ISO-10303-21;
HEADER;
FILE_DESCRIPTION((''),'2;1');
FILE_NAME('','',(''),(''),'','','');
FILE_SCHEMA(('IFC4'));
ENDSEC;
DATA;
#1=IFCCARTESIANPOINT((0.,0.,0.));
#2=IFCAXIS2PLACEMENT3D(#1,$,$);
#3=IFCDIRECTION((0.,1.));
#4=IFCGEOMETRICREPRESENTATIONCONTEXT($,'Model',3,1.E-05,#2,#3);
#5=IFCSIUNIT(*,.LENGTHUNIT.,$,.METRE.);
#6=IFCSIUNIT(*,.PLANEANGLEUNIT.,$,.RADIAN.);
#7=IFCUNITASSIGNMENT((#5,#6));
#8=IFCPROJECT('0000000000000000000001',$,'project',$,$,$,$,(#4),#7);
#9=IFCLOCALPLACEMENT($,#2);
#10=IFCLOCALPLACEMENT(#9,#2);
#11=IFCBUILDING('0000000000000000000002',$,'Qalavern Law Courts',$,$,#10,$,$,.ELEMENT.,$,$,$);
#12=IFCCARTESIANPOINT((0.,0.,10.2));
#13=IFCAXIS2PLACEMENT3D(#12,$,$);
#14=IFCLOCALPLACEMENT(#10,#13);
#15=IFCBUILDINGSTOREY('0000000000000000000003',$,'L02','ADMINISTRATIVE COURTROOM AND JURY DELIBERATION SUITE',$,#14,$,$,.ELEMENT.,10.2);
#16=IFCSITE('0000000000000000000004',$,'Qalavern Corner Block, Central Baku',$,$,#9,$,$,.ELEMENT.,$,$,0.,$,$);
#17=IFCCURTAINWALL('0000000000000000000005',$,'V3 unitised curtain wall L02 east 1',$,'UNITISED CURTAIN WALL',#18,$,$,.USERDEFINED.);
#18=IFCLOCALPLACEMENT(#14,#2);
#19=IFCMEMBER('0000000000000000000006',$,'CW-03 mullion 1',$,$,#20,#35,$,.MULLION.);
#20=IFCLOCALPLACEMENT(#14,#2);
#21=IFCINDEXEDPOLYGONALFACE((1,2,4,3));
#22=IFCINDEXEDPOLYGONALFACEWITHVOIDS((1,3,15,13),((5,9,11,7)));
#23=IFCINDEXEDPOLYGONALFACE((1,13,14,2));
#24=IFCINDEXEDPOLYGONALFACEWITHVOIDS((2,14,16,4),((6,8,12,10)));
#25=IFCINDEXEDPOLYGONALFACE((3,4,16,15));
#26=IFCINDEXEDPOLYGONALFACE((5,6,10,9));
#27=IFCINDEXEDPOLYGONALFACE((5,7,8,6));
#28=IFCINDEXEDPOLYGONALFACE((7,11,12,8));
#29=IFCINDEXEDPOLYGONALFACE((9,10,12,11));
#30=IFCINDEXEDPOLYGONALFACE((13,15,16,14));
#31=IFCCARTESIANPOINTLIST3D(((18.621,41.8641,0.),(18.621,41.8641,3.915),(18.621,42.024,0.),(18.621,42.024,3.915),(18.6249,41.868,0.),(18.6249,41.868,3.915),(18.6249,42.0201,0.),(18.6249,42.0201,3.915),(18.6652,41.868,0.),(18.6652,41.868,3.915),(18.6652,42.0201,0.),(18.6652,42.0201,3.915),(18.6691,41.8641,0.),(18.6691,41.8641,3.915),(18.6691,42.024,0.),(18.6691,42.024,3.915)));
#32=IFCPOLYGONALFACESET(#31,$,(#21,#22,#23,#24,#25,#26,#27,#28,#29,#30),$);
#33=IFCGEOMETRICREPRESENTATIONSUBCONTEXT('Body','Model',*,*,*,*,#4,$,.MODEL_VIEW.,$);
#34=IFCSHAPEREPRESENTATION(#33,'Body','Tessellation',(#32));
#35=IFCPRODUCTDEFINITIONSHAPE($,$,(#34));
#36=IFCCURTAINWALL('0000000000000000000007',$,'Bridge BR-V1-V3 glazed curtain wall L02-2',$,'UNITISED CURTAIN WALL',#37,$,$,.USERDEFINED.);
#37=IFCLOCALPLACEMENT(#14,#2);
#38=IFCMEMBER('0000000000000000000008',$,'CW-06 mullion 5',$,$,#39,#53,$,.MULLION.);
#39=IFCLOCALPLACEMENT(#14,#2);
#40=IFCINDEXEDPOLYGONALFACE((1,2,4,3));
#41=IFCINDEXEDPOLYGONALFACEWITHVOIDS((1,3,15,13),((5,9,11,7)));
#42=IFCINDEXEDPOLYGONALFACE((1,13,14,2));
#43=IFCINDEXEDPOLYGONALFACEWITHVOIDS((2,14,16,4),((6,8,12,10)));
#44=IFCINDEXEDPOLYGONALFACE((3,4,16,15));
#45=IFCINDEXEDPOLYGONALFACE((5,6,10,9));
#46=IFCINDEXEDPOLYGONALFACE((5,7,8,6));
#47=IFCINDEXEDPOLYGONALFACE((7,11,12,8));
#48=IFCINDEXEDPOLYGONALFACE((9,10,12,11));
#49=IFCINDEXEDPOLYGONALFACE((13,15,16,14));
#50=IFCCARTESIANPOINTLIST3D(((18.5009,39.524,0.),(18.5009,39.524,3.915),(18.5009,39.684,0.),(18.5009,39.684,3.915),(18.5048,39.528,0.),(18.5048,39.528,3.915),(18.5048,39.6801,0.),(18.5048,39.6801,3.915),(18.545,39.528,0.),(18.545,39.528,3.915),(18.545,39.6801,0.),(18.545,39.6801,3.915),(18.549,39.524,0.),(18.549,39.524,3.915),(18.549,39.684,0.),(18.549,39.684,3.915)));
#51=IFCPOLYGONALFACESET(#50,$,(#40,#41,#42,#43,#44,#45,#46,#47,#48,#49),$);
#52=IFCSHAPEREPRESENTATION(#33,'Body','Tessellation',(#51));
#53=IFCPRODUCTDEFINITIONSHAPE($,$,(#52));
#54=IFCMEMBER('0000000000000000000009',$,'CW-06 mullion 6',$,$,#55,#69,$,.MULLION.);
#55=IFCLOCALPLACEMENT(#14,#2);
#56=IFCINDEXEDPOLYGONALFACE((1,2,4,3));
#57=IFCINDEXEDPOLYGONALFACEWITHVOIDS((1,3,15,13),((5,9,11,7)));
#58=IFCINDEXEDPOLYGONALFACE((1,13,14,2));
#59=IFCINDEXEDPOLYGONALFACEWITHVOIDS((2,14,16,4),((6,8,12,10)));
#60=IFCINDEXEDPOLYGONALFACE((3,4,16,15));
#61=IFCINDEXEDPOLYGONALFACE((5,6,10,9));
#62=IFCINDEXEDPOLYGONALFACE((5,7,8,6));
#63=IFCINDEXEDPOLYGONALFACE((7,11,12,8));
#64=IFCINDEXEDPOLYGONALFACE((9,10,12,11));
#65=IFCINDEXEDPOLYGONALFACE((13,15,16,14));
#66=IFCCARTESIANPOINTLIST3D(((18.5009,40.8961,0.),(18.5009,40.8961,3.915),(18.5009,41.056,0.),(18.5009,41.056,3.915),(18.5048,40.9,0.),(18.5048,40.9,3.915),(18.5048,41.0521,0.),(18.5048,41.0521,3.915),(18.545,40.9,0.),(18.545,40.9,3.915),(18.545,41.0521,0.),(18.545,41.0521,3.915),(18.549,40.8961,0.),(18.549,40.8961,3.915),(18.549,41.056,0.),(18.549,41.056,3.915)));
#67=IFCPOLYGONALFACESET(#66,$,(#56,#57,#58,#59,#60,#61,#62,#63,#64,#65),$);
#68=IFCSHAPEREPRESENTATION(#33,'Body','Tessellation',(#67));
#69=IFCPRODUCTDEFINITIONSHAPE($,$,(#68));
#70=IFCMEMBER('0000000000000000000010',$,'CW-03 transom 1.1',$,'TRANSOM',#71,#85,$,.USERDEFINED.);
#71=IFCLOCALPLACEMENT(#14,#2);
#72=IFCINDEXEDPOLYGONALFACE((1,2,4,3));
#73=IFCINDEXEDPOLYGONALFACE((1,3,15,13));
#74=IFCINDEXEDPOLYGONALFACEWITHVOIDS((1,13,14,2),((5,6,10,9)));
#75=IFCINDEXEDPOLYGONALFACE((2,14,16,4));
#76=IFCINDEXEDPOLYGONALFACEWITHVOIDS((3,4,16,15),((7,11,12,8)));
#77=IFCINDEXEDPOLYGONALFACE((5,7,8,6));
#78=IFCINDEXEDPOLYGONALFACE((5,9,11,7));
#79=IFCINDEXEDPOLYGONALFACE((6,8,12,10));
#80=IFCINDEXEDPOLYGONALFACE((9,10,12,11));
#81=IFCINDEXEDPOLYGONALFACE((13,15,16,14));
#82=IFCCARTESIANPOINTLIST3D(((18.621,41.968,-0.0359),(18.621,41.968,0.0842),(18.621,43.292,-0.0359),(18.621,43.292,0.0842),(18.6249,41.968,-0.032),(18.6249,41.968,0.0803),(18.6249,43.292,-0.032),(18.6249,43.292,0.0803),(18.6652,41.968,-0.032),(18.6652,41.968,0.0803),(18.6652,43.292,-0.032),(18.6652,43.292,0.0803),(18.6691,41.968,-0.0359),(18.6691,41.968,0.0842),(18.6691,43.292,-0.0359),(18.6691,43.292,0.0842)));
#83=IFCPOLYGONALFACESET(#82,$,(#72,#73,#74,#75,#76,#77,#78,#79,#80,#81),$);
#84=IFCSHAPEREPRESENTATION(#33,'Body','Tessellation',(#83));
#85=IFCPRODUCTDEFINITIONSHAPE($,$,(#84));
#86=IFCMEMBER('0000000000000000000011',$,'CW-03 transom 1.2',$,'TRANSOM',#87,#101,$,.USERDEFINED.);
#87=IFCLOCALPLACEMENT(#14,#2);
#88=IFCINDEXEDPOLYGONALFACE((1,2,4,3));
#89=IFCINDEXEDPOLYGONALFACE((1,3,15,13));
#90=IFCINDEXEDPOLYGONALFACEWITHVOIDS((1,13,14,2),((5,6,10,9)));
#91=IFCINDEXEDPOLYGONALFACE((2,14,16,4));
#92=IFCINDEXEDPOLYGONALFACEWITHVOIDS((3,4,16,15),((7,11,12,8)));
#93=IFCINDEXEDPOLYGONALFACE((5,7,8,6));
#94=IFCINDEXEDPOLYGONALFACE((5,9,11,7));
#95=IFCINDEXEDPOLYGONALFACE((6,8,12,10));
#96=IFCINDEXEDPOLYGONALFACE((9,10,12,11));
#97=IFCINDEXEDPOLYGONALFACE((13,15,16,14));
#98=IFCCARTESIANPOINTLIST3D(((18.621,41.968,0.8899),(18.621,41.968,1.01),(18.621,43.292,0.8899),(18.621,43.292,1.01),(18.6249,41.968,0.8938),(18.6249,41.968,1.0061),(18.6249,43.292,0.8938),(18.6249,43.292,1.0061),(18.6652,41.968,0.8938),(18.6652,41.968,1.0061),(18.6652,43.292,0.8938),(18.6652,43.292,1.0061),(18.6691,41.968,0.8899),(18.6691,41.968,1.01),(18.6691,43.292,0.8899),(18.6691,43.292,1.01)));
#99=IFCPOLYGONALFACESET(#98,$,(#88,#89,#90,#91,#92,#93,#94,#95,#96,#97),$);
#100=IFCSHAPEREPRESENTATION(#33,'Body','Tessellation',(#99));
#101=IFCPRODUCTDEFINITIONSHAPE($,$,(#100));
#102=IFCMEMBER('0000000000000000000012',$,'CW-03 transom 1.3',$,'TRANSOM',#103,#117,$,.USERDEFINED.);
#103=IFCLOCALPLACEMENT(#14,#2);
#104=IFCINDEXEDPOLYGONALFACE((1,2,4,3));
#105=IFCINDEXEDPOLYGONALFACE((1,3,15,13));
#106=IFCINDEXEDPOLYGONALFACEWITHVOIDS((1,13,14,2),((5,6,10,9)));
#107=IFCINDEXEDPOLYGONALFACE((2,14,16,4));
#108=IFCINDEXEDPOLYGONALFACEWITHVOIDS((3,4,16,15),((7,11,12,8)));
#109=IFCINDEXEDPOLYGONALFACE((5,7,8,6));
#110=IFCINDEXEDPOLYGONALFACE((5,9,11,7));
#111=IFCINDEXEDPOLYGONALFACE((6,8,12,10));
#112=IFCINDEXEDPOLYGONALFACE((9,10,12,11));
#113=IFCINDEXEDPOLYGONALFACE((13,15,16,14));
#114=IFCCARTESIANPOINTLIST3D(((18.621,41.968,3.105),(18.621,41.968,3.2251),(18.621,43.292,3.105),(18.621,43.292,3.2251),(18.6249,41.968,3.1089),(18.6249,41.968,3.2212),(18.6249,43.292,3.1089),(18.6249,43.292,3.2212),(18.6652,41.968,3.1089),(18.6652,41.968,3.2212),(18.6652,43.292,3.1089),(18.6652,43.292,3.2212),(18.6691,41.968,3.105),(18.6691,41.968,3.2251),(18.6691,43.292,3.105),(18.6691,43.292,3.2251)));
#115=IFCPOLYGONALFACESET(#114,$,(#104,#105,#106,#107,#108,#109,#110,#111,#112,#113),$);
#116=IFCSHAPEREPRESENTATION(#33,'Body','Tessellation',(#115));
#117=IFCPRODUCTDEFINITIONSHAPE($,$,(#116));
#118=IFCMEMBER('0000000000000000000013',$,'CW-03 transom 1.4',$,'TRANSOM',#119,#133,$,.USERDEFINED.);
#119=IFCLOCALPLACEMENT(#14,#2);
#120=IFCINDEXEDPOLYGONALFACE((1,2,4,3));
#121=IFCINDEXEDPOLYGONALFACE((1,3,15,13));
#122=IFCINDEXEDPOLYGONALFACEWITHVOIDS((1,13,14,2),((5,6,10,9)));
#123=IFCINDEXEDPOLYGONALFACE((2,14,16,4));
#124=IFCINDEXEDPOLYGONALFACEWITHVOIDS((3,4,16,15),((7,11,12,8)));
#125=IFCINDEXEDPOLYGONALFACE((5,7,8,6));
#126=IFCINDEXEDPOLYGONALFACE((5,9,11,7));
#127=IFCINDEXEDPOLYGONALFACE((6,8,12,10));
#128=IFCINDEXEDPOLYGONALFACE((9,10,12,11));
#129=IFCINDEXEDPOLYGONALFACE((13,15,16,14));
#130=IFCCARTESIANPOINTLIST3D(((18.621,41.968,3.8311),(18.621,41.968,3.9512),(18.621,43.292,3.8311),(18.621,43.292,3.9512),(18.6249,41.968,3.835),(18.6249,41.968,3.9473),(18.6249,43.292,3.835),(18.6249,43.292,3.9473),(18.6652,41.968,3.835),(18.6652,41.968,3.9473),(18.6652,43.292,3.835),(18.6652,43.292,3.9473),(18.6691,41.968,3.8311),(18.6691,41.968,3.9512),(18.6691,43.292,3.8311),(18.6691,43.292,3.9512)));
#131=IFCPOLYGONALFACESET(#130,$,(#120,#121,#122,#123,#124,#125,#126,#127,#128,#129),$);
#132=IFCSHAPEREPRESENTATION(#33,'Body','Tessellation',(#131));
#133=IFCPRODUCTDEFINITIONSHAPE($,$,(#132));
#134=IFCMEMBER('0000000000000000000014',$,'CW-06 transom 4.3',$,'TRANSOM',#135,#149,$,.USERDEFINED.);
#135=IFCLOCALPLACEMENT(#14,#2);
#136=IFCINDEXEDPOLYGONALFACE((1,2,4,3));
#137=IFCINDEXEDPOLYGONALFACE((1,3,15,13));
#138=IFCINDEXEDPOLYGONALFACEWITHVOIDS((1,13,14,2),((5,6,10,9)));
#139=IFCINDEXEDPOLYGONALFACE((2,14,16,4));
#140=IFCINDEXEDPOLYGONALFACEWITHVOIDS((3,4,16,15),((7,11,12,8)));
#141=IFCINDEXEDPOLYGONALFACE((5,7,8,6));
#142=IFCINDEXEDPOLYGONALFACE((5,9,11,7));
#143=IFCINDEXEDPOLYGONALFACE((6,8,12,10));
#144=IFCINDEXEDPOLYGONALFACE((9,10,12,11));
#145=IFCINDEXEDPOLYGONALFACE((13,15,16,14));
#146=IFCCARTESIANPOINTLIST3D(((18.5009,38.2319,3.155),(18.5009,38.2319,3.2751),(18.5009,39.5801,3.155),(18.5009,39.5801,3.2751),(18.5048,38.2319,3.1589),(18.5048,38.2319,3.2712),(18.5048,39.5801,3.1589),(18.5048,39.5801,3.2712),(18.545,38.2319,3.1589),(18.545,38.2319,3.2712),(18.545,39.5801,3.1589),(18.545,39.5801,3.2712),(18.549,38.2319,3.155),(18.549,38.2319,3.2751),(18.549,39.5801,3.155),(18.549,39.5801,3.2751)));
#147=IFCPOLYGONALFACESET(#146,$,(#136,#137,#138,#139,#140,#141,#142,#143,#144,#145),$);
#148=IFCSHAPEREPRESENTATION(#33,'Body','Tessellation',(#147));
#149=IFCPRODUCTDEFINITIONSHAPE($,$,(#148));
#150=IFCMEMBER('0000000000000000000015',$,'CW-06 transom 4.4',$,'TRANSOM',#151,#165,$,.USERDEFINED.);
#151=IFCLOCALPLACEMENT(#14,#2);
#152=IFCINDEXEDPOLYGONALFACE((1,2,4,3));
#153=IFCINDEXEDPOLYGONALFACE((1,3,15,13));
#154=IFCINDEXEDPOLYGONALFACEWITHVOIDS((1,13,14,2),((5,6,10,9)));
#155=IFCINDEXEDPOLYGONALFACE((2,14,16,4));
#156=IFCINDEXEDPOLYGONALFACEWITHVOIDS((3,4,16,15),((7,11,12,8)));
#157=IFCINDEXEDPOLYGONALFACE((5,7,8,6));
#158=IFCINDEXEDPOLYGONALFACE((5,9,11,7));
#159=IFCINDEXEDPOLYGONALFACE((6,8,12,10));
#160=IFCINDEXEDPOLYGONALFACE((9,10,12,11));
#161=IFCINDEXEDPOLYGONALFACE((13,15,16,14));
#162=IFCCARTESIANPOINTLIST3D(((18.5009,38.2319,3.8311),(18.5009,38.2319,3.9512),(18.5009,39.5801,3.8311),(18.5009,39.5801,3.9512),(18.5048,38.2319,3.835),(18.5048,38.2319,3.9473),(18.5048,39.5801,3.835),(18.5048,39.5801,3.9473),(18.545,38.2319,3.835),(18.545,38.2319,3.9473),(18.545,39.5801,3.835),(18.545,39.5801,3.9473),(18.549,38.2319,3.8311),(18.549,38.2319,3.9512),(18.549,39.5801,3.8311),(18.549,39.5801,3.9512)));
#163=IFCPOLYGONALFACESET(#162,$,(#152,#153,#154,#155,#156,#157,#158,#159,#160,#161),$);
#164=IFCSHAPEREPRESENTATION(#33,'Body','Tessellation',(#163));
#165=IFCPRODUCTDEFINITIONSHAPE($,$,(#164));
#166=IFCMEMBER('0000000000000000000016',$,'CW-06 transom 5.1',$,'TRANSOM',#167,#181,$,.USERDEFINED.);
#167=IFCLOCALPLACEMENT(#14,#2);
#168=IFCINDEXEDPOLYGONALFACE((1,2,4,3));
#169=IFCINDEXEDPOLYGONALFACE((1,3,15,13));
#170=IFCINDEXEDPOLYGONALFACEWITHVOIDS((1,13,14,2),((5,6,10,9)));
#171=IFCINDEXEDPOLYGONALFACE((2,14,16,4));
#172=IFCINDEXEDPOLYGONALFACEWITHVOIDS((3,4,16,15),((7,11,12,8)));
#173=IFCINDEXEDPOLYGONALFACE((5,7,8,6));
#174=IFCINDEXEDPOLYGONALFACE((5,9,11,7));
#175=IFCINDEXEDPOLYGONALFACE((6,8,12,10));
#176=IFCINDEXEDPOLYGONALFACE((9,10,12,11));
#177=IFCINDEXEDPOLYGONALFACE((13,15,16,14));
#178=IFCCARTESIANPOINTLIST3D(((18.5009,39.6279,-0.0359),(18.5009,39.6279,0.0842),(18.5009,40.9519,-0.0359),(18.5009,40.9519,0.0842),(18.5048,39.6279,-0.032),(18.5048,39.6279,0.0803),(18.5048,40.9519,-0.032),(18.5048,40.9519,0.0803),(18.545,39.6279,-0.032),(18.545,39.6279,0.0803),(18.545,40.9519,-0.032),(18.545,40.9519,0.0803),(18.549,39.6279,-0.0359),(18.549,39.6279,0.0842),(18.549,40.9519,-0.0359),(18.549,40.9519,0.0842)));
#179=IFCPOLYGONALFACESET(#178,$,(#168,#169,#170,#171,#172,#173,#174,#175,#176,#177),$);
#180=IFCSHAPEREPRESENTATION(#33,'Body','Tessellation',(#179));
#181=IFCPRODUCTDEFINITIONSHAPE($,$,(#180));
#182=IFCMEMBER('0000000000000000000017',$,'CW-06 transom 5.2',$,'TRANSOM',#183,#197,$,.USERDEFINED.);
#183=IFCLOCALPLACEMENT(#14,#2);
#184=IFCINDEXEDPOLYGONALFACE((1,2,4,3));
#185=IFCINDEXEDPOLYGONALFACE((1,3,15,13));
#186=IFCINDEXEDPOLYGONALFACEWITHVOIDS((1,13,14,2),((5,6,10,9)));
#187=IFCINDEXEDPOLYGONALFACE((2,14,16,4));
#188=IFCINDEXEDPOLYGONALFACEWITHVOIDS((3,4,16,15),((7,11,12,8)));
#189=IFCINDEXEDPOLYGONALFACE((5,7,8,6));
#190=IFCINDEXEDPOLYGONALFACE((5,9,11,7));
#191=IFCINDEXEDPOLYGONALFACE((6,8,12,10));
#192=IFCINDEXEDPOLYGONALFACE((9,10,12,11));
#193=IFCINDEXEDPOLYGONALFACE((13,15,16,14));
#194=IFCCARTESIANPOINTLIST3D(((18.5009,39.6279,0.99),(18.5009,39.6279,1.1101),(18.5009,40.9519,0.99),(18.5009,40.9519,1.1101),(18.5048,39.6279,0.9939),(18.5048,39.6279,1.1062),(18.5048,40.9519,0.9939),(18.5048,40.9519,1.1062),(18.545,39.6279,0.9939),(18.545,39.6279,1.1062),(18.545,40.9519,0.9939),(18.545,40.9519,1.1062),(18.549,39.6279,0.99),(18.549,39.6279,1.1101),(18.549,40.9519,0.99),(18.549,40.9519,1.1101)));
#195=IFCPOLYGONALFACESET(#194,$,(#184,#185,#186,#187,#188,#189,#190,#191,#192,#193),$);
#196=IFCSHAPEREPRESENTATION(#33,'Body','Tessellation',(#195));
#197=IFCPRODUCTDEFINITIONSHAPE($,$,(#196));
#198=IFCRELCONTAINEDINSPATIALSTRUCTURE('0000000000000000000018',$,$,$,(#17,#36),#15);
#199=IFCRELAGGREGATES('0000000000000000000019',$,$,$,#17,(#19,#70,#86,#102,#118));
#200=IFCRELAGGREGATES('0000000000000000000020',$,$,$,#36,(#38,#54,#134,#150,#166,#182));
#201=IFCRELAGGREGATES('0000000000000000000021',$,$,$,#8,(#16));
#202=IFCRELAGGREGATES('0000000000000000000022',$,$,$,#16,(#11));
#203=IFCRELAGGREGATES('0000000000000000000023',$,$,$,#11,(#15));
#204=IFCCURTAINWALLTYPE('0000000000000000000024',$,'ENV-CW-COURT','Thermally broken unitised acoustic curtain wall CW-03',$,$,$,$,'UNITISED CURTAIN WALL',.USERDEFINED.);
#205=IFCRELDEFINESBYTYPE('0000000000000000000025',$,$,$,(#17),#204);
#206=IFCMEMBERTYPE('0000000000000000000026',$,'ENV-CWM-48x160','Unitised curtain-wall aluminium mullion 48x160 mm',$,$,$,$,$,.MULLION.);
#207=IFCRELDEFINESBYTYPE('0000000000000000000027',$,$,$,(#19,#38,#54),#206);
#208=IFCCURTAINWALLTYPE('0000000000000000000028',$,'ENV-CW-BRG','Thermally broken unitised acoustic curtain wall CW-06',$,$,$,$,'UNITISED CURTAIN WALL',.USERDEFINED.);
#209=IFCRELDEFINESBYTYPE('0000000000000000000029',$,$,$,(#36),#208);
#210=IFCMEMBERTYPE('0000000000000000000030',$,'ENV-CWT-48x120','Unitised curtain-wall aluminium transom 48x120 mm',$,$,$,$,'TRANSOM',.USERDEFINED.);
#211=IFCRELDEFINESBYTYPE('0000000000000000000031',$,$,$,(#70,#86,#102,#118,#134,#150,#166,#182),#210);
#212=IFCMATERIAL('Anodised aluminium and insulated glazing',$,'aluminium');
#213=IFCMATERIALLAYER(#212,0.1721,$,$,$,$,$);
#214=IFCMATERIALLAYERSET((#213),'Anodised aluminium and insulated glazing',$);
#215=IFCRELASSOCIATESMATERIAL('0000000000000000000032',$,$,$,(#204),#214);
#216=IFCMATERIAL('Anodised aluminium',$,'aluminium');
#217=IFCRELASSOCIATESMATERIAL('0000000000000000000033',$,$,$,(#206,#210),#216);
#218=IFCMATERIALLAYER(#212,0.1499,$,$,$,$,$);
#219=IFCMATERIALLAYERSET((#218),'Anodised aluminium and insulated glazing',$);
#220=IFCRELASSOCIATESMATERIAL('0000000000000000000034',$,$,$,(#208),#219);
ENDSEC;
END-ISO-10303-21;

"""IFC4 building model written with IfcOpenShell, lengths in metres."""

from ifc_helpers import new_model, si_unit, direction, frame, origin, origin_2d, place, context, subcontext, project, spatial, hollow_rectangle, extrude, material, layer, layer_set, material_profile, profile_set, type_object, element, aggregate, save


model = new_model("IFC4")

# Units and contexts
model_context = context("Model", 3, precision=1e-05, world=origin(), true_north=direction((0.0, 1.0)))
body_context = subcontext(model_context, "Body", "Model", "MODEL_VIEW")
ifc_project = project(units=[si_unit("LENGTHUNIT", "METRE"), si_unit("PLANEANGLEUNIT", "RADIAN")], contexts=[model_context])

# Site, building, storey
site_placement = place(None, origin())
site = spatial("IfcSite", under=ifc_project, at=site_placement, Name="Qalavern Corner Block, Central Baku", CompositionType="ELEMENT", RefElevation=0.0)
building_placement = place(site_placement, origin())
building = spatial("IfcBuilding", under=site, at=building_placement, Name="Qalavern Law Courts", CompositionType="ELEMENT")
storey_placement = place(building_placement, frame((0.0, 0.0, 10.2)))
storey = spatial("IfcBuildingStorey", under=building, at=storey_placement, Name="L02", Description="ADMINISTRATIVE COURTROOM AND JURY DELIBERATION SUITE", CompositionType="ELEMENT", Elevation=10.2)

# Curtain wall, member
ifc_material_1 = material(Name="Anodised aluminium and insulated glazing", Category="aluminium")
ifc_layer_1 = layer(ifc_material_1, 0.1721)
ifc_layer_set_1 = layer_set([ifc_layer_1], Name="Anodised aluminium and insulated glazing")
curtain_wall_type_1 = type_object("IfcCurtainWallType", Name="ENV-CW-COURT", Description="Thermally broken unitised acoustic curtain wall CW-03", ElementType="UNITISED CURTAIN WALL", PredefinedType="USERDEFINED", material=ifc_layer_set_1)
curtain_wall_1_placement = place(storey_placement, origin())
curtain_wall_1 = element("IfcCurtainWall", 1, at=curtain_wall_1_placement, inside=storey, type_object=curtain_wall_type_1, Name="V3 unitised curtain wall L02 east 1", ObjectType="UNITISED CURTAIN WALL", PredefinedType="USERDEFINED")
ifc_material_2 = material(Name="Anodised aluminium", Category="aluminium")
ifc_material_profile_1 = material_profile(ifc_material_2, hollow_rectangle(XDim=0.0481, YDim=0.1599, WallThickness=0.0039, at=origin_2d()), Name="ALU MULLION 48x160")
ifc_profile_set_1 = profile_set([ifc_material_profile_1], Name="Anodised aluminium")
member_type_1 = type_object("IfcMemberType", Name="ENV-CWM-48x160", Description="Unitised curtain-wall aluminium mullion 48x160 mm", PredefinedType="MULLION", material=ifc_profile_set_1)
member_1_placement = place(storey_placement, frame((18.645, 41.9441, 0.0), z_axis=(0.0, 0.0, 1.0), x_axis=(-1.0, 0.0, 0.0)))
member_1 = element("IfcMember", 2, at=member_1_placement, type_object=member_type_1, Name="CW-03 mullion 1", PredefinedType="MULLION", context=body_context, shape_type="SweptSolid", body=[
    extrude(hollow_rectangle(XDim=0.0481, YDim=0.1599, WallThickness=0.0039, at=origin_2d()), origin(), (0.0, 0.0, 1.0), 3.915),
])

# Curtain wall, members
ifc_layer_2 = layer(ifc_material_1, 0.1499)
ifc_layer_set_2 = layer_set([ifc_layer_2], Name="Anodised aluminium and insulated glazing")
curtain_wall_type_2 = type_object("IfcCurtainWallType", Name="ENV-CW-BRG", Description="Thermally broken unitised acoustic curtain wall CW-06", ElementType="UNITISED CURTAIN WALL", PredefinedType="USERDEFINED", material=ifc_layer_set_2)
curtain_wall_2_placement = place(storey_placement, origin())
curtain_wall_2 = element("IfcCurtainWall", 3, at=curtain_wall_2_placement, inside=storey, type_object=curtain_wall_type_2, Name="Bridge BR-V1-V3 glazed curtain wall L02-2", ObjectType="UNITISED CURTAIN WALL", PredefinedType="USERDEFINED")
member_2_placement = place(storey_placement, frame((18.5249, 39.604, 0.0), z_axis=(0.0, 0.0, 1.0), x_axis=(-1.0, 0.0, 0.0)))
member_2 = element("IfcMember", 4, at=member_2_placement, type_object=member_type_1, Name="CW-06 mullion 5", PredefinedType="MULLION", context=body_context, shape_type="SweptSolid", body=[
    extrude(hollow_rectangle(XDim=0.0481, YDim=0.1599, WallThickness=0.0039, at=origin_2d()), origin(), (0.0, 0.0, 1.0), 3.915),
])
member_3_placement = place(storey_placement, frame((18.5249, 40.9761, 0.0), z_axis=(0.0, 0.0, 1.0), x_axis=(-1.0, 0.0, 0.0)))
member_3 = element("IfcMember", 5, at=member_3_placement, type_object=member_type_1, Name="CW-06 mullion 6", PredefinedType="MULLION", context=body_context, shape_type="SweptSolid", body=[
    extrude(hollow_rectangle(XDim=0.0481, YDim=0.1599, WallThickness=0.0039, at=origin_2d()), origin(), (0.0, 0.0, 1.0), 3.915),
])

# Members
ifc_material_profile_2 = material_profile(ifc_material_2, hollow_rectangle(XDim=0.0481, YDim=0.1201, WallThickness=0.0039, at=origin_2d()), Name="ALU TRANSOM 48x120")
ifc_profile_set_2 = profile_set([ifc_material_profile_2], Name="Anodised aluminium")
member_type_2 = type_object("IfcMemberType", Name="ENV-CWT-48x120", Description="Unitised curtain-wall aluminium transom 48x120 mm", ElementType="TRANSOM", PredefinedType="USERDEFINED", material=ifc_profile_set_2)
member_4_placement = place(storey_placement, frame((18.645, 41.968, 0.0242), z_axis=(0.0, 1.0, 0.0), x_axis=(-1.0, 0.0, 0.0)))
member_4 = element("IfcMember", 6, at=member_4_placement, type_object=member_type_2, Name="CW-03 transom 1.1", ObjectType="TRANSOM", PredefinedType="USERDEFINED", context=body_context, shape_type="SweptSolid", body=[
    extrude(hollow_rectangle(XDim=0.0481, YDim=0.1201, WallThickness=0.0039, at=origin_2d()), origin(), (0.0, 0.0, 1.0), 1.324),
])
member_5_placement = place(storey_placement, frame((18.645, 41.968, 0.95), z_axis=(0.0, 1.0, 0.0), x_axis=(-1.0, 0.0, 0.0)))
member_5 = element("IfcMember", 7, at=member_5_placement, type_object=member_type_2, Name="CW-03 transom 1.2", ObjectType="TRANSOM", PredefinedType="USERDEFINED", context=body_context, shape_type="SweptSolid", body=[
    extrude(hollow_rectangle(XDim=0.0481, YDim=0.1201, WallThickness=0.0039, at=origin_2d()), origin(), (0.0, 0.0, 1.0), 1.324),
])
member_6_placement = place(storey_placement, frame((18.645, 41.968, 3.165), z_axis=(0.0, 1.0, 0.0), x_axis=(-1.0, 0.0, 0.0)))
member_6 = element("IfcMember", 8, at=member_6_placement, type_object=member_type_2, Name="CW-03 transom 1.3", ObjectType="TRANSOM", PredefinedType="USERDEFINED", context=body_context, shape_type="SweptSolid", body=[
    extrude(hollow_rectangle(XDim=0.0481, YDim=0.1201, WallThickness=0.0039, at=origin_2d()), origin(), (0.0, 0.0, 1.0), 1.324),
])
member_7_placement = place(storey_placement, frame((18.645, 41.968, 3.8911), z_axis=(0.0, 1.0, 0.0), x_axis=(-1.0, 0.0, 0.0)))
member_7 = element("IfcMember", 9, at=member_7_placement, type_object=member_type_2, Name="CW-03 transom 1.4", ObjectType="TRANSOM", PredefinedType="USERDEFINED", context=body_context, shape_type="SweptSolid", body=[
    extrude(hollow_rectangle(XDim=0.0481, YDim=0.1201, WallThickness=0.0039, at=origin_2d()), origin(), (0.0, 0.0, 1.0), 1.324),
])
aggregate(curtain_wall_1, [member_1, member_4, member_5, member_6, member_7])
member_8_placement = place(storey_placement, frame((18.5249, 38.2319, 3.2151), z_axis=(0.0, 1.0, 0.0), x_axis=(-1.0, 0.0, 0.0)))
member_8 = element("IfcMember", 10, at=member_8_placement, type_object=member_type_2, Name="CW-06 transom 4.3", ObjectType="TRANSOM", PredefinedType="USERDEFINED", context=body_context, shape_type="SweptSolid", body=[
    extrude(hollow_rectangle(XDim=0.0481, YDim=0.1201, WallThickness=0.0039, at=origin_2d()), origin(), (0.0, 0.0, 1.0), 1.3481),
])
member_9_placement = place(storey_placement, frame((18.5249, 38.2319, 3.8911), z_axis=(0.0, 1.0, 0.0), x_axis=(-1.0, 0.0, 0.0)))
member_9 = element("IfcMember", 11, at=member_9_placement, type_object=member_type_2, Name="CW-06 transom 4.4", ObjectType="TRANSOM", PredefinedType="USERDEFINED", context=body_context, shape_type="SweptSolid", body=[
    extrude(hollow_rectangle(XDim=0.0481, YDim=0.1201, WallThickness=0.0039, at=origin_2d()), origin(), (0.0, 0.0, 1.0), 1.3481),
])
member_10_placement = place(storey_placement, frame((18.5249, 39.6279, 0.0242), z_axis=(0.0, 1.0, 0.0), x_axis=(-1.0, 0.0, 0.0)))
member_10 = element("IfcMember", 12, at=member_10_placement, type_object=member_type_2, Name="CW-06 transom 5.1", ObjectType="TRANSOM", PredefinedType="USERDEFINED", context=body_context, shape_type="SweptSolid", body=[
    extrude(hollow_rectangle(XDim=0.0481, YDim=0.1201, WallThickness=0.0039, at=origin_2d()), origin(), (0.0, 0.0, 1.0), 1.324),
])
member_11_placement = place(storey_placement, frame((18.5249, 39.6279, 1.05), z_axis=(0.0, 1.0, 0.0), x_axis=(-1.0, 0.0, 0.0)))
member_11 = element("IfcMember", 13, at=member_11_placement, type_object=member_type_2, Name="CW-06 transom 5.2", ObjectType="TRANSOM", PredefinedType="USERDEFINED", context=body_context, shape_type="SweptSolid", body=[
    extrude(hollow_rectangle(XDim=0.0481, YDim=0.1201, WallThickness=0.0039, at=origin_2d()), origin(), (0.0, 0.0, 1.0), 1.324),
])

aggregate(curtain_wall_2, [member_2, member_3, member_8, member_9, member_10, member_11])

save(model, "model.ifc")
